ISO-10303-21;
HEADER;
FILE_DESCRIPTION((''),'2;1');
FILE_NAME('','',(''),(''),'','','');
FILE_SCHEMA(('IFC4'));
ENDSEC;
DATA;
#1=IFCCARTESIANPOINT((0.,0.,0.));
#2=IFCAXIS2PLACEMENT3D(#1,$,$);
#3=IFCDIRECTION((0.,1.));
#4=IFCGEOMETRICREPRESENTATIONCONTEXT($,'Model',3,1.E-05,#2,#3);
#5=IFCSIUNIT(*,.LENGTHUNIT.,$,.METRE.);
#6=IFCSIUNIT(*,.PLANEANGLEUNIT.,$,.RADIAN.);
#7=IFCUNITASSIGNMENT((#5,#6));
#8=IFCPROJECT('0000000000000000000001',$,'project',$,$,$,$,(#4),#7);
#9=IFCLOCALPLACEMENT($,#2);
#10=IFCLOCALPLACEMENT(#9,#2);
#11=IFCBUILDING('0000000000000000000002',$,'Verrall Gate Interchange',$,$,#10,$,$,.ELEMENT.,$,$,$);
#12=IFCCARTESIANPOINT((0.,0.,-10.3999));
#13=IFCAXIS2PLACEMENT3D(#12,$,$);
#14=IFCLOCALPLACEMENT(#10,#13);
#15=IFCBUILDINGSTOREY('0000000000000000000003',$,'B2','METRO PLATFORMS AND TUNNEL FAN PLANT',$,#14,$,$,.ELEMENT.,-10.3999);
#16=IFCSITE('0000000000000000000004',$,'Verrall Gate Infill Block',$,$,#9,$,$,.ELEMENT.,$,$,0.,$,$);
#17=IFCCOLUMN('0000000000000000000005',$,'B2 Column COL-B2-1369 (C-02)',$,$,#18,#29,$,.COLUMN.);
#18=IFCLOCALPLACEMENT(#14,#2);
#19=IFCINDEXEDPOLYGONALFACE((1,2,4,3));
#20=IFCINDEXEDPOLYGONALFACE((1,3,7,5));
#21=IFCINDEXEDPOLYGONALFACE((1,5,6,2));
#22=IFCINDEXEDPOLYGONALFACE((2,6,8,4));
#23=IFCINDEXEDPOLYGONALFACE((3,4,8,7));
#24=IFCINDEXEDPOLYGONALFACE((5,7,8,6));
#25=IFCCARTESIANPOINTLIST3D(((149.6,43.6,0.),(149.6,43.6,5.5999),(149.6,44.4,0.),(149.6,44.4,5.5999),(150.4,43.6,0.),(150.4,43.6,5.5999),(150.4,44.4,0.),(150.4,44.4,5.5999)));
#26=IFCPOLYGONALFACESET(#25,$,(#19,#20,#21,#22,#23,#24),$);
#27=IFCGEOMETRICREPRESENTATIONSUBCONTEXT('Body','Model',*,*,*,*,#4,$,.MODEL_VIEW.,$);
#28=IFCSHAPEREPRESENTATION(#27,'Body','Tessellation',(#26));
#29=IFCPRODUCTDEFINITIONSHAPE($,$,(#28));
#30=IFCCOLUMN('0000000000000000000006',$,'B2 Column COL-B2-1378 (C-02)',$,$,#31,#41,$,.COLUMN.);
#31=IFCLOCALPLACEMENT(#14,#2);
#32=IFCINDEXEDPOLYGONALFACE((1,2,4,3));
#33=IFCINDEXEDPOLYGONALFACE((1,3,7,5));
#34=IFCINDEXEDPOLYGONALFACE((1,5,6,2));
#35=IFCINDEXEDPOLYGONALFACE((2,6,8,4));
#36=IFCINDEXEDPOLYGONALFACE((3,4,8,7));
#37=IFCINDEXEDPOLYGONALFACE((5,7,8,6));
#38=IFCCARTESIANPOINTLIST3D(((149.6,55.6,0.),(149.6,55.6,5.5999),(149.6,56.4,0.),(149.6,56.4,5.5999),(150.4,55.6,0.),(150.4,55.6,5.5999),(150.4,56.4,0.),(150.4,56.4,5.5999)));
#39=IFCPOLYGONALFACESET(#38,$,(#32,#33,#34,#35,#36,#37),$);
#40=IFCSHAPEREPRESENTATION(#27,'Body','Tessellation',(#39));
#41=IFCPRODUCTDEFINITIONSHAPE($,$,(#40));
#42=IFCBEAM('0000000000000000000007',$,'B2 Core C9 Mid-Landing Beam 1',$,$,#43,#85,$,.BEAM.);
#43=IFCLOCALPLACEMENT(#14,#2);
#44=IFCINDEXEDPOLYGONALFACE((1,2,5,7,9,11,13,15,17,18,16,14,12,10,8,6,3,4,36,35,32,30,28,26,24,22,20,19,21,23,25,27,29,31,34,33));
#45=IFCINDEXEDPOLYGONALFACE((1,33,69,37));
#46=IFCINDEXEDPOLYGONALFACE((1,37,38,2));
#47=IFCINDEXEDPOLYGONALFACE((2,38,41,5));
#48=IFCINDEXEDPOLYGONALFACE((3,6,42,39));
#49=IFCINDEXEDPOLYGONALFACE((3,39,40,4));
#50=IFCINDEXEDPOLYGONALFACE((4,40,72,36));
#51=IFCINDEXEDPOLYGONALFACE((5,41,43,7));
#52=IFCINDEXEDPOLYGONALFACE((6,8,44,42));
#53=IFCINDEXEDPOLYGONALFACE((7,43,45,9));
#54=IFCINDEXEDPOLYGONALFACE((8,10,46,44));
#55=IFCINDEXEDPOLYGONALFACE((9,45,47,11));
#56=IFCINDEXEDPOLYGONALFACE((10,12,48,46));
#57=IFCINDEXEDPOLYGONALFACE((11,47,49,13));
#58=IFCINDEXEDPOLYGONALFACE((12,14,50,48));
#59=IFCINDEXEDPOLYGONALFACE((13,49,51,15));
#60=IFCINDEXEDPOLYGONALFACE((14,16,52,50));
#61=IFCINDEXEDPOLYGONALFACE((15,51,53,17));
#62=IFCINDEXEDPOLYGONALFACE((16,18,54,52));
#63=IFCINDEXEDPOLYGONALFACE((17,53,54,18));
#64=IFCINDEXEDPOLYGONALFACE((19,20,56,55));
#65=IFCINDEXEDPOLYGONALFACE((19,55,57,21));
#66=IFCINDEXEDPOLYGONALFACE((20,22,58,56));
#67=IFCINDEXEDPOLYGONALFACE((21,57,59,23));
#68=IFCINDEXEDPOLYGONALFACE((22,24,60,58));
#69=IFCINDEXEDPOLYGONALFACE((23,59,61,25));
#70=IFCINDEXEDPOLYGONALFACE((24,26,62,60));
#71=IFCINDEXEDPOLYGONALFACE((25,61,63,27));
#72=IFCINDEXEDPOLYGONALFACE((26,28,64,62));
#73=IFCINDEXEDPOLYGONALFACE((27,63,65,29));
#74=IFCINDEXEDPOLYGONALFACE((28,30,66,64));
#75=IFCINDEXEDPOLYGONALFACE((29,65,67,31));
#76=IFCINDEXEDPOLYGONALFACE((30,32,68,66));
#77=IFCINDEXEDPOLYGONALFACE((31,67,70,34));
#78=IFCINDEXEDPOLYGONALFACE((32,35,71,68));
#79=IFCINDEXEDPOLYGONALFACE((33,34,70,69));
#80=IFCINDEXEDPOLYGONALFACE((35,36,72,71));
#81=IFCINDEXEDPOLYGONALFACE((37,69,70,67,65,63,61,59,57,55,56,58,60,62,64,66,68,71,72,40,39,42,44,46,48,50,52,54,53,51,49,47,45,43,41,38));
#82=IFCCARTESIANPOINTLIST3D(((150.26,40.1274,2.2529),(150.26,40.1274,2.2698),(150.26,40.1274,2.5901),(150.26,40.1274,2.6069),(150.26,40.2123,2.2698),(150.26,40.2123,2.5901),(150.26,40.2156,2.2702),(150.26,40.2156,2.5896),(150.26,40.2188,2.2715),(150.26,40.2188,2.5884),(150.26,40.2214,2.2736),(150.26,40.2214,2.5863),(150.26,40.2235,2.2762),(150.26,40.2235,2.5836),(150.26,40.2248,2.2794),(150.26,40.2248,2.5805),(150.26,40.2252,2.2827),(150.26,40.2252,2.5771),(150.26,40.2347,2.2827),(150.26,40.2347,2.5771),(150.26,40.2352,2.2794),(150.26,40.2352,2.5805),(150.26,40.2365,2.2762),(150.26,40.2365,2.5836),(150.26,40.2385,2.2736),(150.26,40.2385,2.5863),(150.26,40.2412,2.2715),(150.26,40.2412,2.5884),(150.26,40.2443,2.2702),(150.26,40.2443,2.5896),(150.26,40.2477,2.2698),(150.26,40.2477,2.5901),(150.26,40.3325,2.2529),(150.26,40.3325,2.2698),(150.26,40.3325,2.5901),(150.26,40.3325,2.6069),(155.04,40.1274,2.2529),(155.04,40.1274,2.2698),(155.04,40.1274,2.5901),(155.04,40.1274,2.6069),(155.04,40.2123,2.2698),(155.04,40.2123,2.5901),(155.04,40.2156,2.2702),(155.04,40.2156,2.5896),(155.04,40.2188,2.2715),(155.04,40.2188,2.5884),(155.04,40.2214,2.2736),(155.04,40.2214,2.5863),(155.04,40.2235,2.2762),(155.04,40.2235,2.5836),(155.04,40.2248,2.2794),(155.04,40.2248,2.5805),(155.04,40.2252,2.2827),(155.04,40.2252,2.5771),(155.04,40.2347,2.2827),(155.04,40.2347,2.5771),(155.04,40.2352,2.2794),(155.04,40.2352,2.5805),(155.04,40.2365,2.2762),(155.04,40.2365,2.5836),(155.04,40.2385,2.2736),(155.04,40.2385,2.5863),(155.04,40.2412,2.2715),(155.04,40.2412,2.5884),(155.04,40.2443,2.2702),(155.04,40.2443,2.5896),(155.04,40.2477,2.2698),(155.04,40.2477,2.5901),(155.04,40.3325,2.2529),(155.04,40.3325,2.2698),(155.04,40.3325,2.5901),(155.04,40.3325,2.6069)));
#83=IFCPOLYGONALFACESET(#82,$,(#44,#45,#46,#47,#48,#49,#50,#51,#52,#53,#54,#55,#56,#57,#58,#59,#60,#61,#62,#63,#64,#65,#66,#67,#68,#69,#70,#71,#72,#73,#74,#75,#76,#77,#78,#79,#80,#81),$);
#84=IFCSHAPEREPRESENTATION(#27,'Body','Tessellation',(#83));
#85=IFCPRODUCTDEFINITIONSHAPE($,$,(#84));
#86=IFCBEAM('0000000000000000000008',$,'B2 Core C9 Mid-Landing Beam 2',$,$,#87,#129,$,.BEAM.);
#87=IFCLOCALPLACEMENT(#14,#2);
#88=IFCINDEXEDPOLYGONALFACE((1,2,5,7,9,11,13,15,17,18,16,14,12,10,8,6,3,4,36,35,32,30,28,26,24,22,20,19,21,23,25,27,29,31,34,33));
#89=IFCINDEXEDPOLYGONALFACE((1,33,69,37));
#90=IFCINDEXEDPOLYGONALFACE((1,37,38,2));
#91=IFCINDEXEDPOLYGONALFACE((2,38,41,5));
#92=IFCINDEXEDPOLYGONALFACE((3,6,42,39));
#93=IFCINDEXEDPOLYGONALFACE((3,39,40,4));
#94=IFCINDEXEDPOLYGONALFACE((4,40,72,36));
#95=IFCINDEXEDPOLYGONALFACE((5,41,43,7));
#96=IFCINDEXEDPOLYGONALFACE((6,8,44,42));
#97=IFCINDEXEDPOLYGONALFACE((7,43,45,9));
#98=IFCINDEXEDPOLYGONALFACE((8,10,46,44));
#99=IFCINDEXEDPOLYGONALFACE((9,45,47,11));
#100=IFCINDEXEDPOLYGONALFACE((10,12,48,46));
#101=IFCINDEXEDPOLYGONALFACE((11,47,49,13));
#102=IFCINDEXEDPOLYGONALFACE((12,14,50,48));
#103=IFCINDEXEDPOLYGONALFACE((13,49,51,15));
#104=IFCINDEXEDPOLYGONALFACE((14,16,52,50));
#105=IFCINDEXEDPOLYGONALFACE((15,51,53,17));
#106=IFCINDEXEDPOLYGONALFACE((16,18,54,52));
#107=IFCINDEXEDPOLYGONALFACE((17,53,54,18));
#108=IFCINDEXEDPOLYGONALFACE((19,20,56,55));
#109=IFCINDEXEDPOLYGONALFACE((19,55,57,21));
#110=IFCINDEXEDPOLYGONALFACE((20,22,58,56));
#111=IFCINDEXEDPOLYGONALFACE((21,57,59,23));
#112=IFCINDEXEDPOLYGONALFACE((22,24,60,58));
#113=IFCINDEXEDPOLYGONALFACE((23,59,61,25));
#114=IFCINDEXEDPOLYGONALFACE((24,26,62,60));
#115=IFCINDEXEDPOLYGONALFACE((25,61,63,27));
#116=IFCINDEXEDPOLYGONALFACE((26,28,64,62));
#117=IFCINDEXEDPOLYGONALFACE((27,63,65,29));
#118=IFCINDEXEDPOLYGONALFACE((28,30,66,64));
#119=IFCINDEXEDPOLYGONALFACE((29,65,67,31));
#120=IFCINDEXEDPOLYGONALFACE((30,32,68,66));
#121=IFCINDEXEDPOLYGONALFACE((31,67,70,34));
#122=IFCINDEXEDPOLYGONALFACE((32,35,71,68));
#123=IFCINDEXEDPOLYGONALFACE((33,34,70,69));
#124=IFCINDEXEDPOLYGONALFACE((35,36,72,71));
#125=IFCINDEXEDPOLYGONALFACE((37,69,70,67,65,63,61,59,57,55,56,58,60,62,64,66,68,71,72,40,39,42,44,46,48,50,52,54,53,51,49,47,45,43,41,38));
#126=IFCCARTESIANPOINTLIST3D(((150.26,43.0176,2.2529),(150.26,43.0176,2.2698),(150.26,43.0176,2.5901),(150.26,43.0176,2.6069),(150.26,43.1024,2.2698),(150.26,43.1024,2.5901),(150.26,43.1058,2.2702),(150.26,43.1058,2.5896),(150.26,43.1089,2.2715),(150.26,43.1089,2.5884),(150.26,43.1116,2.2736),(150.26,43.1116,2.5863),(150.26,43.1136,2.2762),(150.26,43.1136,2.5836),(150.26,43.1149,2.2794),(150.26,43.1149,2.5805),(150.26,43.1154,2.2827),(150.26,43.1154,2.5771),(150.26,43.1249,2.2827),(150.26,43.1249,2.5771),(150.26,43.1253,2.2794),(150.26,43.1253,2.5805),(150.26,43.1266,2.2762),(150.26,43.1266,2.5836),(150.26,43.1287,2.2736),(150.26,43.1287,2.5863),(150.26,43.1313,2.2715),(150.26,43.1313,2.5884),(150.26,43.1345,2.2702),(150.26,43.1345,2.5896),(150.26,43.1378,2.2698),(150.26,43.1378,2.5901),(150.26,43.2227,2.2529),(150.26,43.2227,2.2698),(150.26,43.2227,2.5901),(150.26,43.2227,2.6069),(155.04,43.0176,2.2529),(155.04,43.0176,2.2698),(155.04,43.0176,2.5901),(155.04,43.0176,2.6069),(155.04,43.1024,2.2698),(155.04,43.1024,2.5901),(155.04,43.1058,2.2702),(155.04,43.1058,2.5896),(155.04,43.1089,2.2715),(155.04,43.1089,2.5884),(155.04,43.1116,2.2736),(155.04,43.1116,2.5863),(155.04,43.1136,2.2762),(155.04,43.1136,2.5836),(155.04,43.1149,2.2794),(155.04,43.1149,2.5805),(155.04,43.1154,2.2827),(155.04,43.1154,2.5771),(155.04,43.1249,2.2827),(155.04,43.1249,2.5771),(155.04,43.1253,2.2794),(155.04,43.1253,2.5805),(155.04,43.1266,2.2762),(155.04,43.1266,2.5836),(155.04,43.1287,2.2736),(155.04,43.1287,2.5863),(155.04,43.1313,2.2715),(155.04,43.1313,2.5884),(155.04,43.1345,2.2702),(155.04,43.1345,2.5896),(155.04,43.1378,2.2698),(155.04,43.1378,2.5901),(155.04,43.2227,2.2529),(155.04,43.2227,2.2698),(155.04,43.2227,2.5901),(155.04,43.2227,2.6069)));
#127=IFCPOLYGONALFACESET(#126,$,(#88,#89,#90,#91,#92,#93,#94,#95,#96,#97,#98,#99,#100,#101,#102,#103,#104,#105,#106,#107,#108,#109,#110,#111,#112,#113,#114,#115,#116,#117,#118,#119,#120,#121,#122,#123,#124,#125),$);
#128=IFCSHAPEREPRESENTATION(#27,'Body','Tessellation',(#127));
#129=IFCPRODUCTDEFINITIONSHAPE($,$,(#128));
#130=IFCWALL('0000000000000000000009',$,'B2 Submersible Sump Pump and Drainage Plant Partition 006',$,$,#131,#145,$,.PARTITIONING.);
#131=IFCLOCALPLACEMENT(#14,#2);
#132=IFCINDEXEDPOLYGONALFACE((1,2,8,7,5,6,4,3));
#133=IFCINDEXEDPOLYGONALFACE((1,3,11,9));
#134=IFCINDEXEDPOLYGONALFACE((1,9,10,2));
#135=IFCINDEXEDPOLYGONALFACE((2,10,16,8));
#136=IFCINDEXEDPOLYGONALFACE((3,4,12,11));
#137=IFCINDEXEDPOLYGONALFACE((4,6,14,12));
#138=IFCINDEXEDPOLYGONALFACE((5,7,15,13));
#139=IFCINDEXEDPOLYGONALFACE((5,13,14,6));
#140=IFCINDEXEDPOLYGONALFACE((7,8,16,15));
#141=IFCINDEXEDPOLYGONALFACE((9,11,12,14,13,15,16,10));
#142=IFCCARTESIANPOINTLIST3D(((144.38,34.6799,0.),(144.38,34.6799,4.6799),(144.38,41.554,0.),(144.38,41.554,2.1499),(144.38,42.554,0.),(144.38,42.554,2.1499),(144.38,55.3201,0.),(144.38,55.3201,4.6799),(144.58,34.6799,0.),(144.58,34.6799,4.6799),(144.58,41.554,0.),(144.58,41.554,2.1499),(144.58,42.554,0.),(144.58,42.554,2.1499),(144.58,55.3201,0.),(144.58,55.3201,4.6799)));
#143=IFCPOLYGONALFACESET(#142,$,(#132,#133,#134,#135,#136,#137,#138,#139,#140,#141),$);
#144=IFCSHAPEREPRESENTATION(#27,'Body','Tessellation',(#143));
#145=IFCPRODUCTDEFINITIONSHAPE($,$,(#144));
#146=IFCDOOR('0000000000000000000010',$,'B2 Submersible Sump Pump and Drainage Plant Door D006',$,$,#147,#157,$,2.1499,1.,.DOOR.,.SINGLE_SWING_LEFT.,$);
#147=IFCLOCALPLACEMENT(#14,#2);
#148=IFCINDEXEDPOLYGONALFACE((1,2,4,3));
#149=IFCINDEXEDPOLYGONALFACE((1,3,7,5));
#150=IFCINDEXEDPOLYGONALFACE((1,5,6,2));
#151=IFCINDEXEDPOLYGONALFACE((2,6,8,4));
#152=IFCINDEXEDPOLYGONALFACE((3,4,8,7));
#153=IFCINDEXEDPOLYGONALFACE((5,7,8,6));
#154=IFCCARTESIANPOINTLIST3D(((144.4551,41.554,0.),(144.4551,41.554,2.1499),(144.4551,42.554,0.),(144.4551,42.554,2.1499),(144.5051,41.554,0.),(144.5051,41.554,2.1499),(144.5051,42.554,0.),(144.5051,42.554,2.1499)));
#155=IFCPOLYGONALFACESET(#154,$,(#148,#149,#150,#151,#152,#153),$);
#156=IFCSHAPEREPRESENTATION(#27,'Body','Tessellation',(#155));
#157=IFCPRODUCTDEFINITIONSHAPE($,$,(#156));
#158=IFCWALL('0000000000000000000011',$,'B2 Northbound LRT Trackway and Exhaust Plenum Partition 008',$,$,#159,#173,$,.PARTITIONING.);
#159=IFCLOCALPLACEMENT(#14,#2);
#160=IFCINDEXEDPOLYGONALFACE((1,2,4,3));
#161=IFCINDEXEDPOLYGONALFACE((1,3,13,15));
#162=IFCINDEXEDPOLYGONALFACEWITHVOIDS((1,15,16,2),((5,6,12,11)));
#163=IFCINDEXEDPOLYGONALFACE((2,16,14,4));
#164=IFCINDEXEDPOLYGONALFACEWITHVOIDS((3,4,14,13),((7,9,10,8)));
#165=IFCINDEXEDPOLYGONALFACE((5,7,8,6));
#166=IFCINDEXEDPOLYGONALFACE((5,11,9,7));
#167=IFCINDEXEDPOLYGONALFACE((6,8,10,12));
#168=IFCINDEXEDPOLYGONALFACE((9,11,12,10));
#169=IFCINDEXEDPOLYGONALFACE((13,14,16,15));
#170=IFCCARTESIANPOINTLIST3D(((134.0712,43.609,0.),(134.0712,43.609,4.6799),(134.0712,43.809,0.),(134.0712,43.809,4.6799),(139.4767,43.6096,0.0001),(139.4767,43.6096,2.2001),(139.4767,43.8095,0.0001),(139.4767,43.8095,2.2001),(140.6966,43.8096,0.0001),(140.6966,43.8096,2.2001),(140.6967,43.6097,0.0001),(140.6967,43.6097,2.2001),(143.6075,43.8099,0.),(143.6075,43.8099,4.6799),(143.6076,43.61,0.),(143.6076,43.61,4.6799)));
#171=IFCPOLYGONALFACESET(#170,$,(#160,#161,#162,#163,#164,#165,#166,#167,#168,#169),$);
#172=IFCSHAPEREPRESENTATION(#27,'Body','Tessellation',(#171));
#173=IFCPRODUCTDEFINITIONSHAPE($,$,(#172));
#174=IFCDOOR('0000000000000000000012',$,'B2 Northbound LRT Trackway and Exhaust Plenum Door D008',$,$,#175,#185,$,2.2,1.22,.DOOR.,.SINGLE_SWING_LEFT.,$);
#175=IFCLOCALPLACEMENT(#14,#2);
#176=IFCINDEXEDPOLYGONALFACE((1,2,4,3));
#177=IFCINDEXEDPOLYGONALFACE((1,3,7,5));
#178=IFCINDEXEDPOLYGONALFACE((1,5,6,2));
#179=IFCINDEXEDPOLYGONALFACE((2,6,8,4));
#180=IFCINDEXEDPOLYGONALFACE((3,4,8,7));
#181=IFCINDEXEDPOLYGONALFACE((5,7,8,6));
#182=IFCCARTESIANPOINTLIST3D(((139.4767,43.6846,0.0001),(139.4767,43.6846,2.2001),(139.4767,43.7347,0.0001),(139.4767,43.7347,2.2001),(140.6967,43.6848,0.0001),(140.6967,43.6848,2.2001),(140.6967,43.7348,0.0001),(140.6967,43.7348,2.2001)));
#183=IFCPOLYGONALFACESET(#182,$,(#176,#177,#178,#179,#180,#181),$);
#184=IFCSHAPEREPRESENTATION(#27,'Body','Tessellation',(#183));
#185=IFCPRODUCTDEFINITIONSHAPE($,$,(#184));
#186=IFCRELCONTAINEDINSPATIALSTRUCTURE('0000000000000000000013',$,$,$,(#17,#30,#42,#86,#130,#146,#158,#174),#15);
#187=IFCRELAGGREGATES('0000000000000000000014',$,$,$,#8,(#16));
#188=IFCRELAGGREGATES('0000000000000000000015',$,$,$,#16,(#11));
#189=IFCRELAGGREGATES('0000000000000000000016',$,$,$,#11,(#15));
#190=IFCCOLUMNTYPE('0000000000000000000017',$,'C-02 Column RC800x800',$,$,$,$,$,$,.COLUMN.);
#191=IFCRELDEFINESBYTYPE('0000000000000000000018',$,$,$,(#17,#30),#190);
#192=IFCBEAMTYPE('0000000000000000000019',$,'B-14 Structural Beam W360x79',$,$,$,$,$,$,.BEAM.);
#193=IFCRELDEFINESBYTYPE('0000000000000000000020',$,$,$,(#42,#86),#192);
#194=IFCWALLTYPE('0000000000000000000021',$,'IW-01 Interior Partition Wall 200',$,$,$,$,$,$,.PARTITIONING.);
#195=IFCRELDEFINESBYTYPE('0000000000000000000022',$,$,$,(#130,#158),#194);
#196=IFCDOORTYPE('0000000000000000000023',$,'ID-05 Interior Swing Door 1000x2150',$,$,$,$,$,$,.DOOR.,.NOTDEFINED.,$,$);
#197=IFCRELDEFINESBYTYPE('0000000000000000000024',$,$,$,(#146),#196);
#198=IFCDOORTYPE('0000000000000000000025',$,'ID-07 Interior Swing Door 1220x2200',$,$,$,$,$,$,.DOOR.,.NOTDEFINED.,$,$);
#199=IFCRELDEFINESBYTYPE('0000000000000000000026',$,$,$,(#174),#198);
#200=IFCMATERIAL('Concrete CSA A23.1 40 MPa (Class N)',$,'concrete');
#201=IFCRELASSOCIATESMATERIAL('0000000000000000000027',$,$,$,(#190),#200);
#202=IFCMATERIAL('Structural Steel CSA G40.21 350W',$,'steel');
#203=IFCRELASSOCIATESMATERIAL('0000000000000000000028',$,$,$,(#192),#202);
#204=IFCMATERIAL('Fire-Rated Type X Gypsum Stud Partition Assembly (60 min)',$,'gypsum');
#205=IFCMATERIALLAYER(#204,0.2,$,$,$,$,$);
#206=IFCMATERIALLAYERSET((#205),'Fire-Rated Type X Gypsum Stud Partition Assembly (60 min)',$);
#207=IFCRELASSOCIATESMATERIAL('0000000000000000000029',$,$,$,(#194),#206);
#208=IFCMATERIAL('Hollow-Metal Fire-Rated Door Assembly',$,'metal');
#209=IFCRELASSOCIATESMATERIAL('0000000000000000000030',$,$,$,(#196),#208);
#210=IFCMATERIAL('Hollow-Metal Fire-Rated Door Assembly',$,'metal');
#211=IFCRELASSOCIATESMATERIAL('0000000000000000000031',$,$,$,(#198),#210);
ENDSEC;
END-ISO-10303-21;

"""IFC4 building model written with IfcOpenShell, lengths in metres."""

from ifc_helpers import new_model, si_unit, direction, frame, frame_2d, origin, origin_2d, place, context, subcontext, project, spatial, rectangle, i_section, extrude, material, layer, layer_set, material_profile, profile_set, type_object, element, fill, save


model = new_model("IFC4")

# Units and contexts
model_context = context("Model", 3, precision=1e-05, world=origin(), true_north=direction((0.0, 1.0)))
body_context = subcontext(model_context, "Body", "Model", "MODEL_VIEW")
ifc_project = project(units=[si_unit("LENGTHUNIT", "METRE"), si_unit("PLANEANGLEUNIT", "RADIAN")], contexts=[model_context])

# Site, building, storey
site_placement = place(None, origin())
site = spatial("IfcSite", under=ifc_project, at=site_placement, Name="Verrall Gate Infill Block", CompositionType="ELEMENT", RefElevation=0.0)
building_placement = place(site_placement, origin())
building = spatial("IfcBuilding", under=site, at=building_placement, Name="Verrall Gate Interchange", CompositionType="ELEMENT")
storey_placement = place(building_placement, frame((0.0, 0.0, -10.3999)))
storey = spatial("IfcBuildingStorey", under=building, at=storey_placement, Name="B2", Description="METRO PLATFORMS AND TUNNEL FAN PLANT", CompositionType="ELEMENT", Elevation=-10.3999)

# Columns
ifc_material_1 = material(Name="Concrete CSA A23.1 40 MPa (Class N)", Category="concrete")
ifc_material_profile_1 = material_profile(ifc_material_1, rectangle(XDim=0.8, YDim=0.8, at=origin_2d()), Name="RC800x800")
ifc_profile_set_1 = profile_set([ifc_material_profile_1], Name="Concrete CSA A23.1 40 MPa (Class N)")
column_type_1 = type_object("IfcColumnType", Name="C-02 Column RC800x800", PredefinedType="COLUMN", material=ifc_profile_set_1)
for number, where, z_axis, x_axis, name in (
    (1, (150.0, 44.0, 0.0), (0.0, 0.0, 1.0), (1.0, 0.0, 0.0), "B2 Column COL-B2-1369 (C-02)"),
    (2, (150.0, 56.0, 0.0), (0.0, 0.0, 1.0), (1.0, 0.0, 0.0), "B2 Column COL-B2-1378 (C-02)"),
):
    element("IfcColumn", number, at=place(storey_placement, frame(where, z_axis=z_axis, x_axis=x_axis)), inside=storey, type_object=column_type_1, Name=name, PredefinedType="COLUMN", context=body_context, shape_type="SweptSolid", body=[
        extrude(rectangle(XDim=0.8, YDim=0.8, at=origin_2d()), origin(), (0.0, 0.0, 1.0), 5.5999),
    ])

# Beams
ifc_material_2 = material(Name="Structural Steel CSA G40.21 350W", Category="steel")
ifc_material_profile_2 = material_profile(ifc_material_2, i_section(OverallWidth=0.2051, OverallDepth=0.354, WebThickness=0.0095, FlangeThickness=0.0168, FilletRadius=0.0129, at=origin_2d()), Name="W360x79")
ifc_profile_set_2 = profile_set([ifc_material_profile_2], Name="Structural Steel CSA G40.21 350W")
beam_type = type_object("IfcBeamType", Name="B-14 Structural Beam W360x79", PredefinedType="BEAM", material=ifc_profile_set_2)
for number, where, z_axis, x_axis, name in (
    (3, (150.26, 40.23, 2.4299), (1.0, 0.0, 0.0), (0.0, 1.0, 0.0), "B2 Core C9 Mid-Landing Beam 1"),
    (4, (150.26, 43.1201, 2.4299), (1.0, 0.0, 0.0), (0.0, 1.0, 0.0), "B2 Core C9 Mid-Landing Beam 2"),
):
    element("IfcBeam", number, at=place(storey_placement, frame(where, z_axis=z_axis, x_axis=x_axis)), inside=storey, type_object=beam_type, Name=name, PredefinedType="BEAM", context=body_context, shape_type="SweptSolid", body=[
        extrude(i_section(OverallWidth=0.2051, OverallDepth=0.354, WebThickness=0.0095, FlangeThickness=0.0168, FilletRadius=0.0129, at=origin_2d()), origin(), (0.0, 0.0, 1.0), 4.78),
    ])

# Walls, openings, doors
ifc_material_3 = material(Name="Fire-Rated Type X Gypsum Stud Partition Assembly (60 min)", Category="gypsum")
ifc_layer_1 = layer(ifc_material_3, 0.2)
ifc_layer_set_1 = layer_set([ifc_layer_1], Name="Fire-Rated Type X Gypsum Stud Partition Assembly (60 min)")
wall_type_1 = type_object("IfcWallType", Name="IW-01 Interior Partition Wall 200", PredefinedType="PARTITIONING", material=ifc_layer_set_1)
wall_1_placement = place(storey_placement, frame((144.48, 34.6799, 0.0), z_axis=(0.0, 0.0, 1.0), x_axis=(0.0, 1.0, 0.0)))
wall_1 = element("IfcWall", 5, at=wall_1_placement, inside=storey, type_object=wall_type_1, Name="B2 Submersible Sump Pump and Drainage Plant Partition 006", PredefinedType="PARTITIONING", context=body_context, shape_type="SweptSolid", body=[
    extrude(rectangle(XDim=20.6401, YDim=0.2, at=frame_2d((10.3201, 0.0))), origin(), (0.0, 0.0, 1.0), 4.6799),
])
opening_1_placement = place(wall_1_placement, frame((6.874, 0.0, 0.0)))
opening_1 = element("IfcOpeningElement", 6, at=opening_1_placement, cuts=wall_1, PredefinedType="OPENING", context=body_context, shape_type="SweptSolid", body=[
    extrude(rectangle(XDim=1.0, YDim=2.1499, at=frame_2d((0.5, 1.075))), frame((0.0, 0.1147, 0.0), z_axis=(0.0, -1.0, 0.0), x_axis=(1.0, 0.0, 0.0)), (0.0, 0.0, 1.0), 0.2297),
])
ifc_material_4 = material(Name="Hollow-Metal Fire-Rated Door Assembly", Category="metal")
door_type_1 = type_object("IfcDoorType", Name="ID-05 Interior Swing Door 1000x2150", OperationType="NOTDEFINED", PredefinedType="DOOR", material=ifc_material_4)
door_1_placement = place(opening_1_placement, origin())
door_1 = element("IfcDoor", 7, at=door_1_placement, inside=storey, type_object=door_type_1, Name="B2 Submersible Sump Pump and Drainage Plant Door D006", OperationType="SINGLE_SWING_LEFT", OverallHeight=2.1499, OverallWidth=1.0, PredefinedType="DOOR", context=body_context, shape_type="SweptSolid", body=[
    extrude(rectangle(XDim=1.0, YDim=2.1499, at=frame_2d((0.5, 1.075))), frame((0.0, 0.0249, 0.0), z_axis=(0.0, -1.0, 0.0), x_axis=(1.0, 0.0, 0.0)), (0.0, 0.0, 1.0), 0.05),
])
fill(opening_1, door_1)
wall_2_placement = place(storey_placement, frame((143.6074, 43.71, 0.0), z_axis=(0.0, 0.0, 1.0), x_axis=(-1.0, -0.000102, 0.0)))
wall_2 = element("IfcWall", 8, at=wall_2_placement, inside=storey, type_object=wall_type_1, Name="B2 Northbound LRT Trackway and Exhaust Plenum Partition 008", PredefinedType="PARTITIONING", context=body_context, shape_type="SweptSolid", body=[
    extrude(rectangle(XDim=9.5364, YDim=0.2, at=frame_2d((4.7681, 0.0))), origin(), (0.0, 0.0, 1.0), 4.6799),
])
opening_2_placement = place(wall_2_placement, frame((2.9109, 0.0, 0.0)))
opening_2 = element("IfcOpeningElement", 9, at=opening_2_placement, cuts=wall_2, PredefinedType="OPENING", context=body_context, shape_type="SweptSolid", body=[
    extrude(rectangle(XDim=1.22, YDim=2.2, at=frame_2d((0.6099, 1.1001))), frame((0.0, 0.1147, 0.0), z_axis=(0.0, -1.0, 0.0), x_axis=(1.0, 0.0, 0.0)), (0.0, 0.0, 1.0), 0.2297),
])
ifc_material_5 = material(Name="Hollow-Metal Fire-Rated Door Assembly", Category="metal")
door_type_2 = type_object("IfcDoorType", Name="ID-07 Interior Swing Door 1220x2200", OperationType="NOTDEFINED", PredefinedType="DOOR", material=ifc_material_5)
door_2_placement = place(opening_2_placement, origin())
door_2 = element("IfcDoor", 10, at=door_2_placement, inside=storey, type_object=door_type_2, Name="B2 Northbound LRT Trackway and Exhaust Plenum Door D008", OperationType="SINGLE_SWING_LEFT", OverallHeight=2.2, OverallWidth=1.22, PredefinedType="DOOR", context=body_context, shape_type="SweptSolid", body=[
    extrude(rectangle(XDim=1.22, YDim=2.2, at=frame_2d((0.6099, 1.1001))), frame((0.0, 0.0249, 0.0), z_axis=(0.0, -1.0, 0.0), x_axis=(1.0, 0.0, 0.0)), (0.0, 0.0, 1.0), 0.05),
])
fill(opening_2, door_2)

save(model, "model.ifc")
